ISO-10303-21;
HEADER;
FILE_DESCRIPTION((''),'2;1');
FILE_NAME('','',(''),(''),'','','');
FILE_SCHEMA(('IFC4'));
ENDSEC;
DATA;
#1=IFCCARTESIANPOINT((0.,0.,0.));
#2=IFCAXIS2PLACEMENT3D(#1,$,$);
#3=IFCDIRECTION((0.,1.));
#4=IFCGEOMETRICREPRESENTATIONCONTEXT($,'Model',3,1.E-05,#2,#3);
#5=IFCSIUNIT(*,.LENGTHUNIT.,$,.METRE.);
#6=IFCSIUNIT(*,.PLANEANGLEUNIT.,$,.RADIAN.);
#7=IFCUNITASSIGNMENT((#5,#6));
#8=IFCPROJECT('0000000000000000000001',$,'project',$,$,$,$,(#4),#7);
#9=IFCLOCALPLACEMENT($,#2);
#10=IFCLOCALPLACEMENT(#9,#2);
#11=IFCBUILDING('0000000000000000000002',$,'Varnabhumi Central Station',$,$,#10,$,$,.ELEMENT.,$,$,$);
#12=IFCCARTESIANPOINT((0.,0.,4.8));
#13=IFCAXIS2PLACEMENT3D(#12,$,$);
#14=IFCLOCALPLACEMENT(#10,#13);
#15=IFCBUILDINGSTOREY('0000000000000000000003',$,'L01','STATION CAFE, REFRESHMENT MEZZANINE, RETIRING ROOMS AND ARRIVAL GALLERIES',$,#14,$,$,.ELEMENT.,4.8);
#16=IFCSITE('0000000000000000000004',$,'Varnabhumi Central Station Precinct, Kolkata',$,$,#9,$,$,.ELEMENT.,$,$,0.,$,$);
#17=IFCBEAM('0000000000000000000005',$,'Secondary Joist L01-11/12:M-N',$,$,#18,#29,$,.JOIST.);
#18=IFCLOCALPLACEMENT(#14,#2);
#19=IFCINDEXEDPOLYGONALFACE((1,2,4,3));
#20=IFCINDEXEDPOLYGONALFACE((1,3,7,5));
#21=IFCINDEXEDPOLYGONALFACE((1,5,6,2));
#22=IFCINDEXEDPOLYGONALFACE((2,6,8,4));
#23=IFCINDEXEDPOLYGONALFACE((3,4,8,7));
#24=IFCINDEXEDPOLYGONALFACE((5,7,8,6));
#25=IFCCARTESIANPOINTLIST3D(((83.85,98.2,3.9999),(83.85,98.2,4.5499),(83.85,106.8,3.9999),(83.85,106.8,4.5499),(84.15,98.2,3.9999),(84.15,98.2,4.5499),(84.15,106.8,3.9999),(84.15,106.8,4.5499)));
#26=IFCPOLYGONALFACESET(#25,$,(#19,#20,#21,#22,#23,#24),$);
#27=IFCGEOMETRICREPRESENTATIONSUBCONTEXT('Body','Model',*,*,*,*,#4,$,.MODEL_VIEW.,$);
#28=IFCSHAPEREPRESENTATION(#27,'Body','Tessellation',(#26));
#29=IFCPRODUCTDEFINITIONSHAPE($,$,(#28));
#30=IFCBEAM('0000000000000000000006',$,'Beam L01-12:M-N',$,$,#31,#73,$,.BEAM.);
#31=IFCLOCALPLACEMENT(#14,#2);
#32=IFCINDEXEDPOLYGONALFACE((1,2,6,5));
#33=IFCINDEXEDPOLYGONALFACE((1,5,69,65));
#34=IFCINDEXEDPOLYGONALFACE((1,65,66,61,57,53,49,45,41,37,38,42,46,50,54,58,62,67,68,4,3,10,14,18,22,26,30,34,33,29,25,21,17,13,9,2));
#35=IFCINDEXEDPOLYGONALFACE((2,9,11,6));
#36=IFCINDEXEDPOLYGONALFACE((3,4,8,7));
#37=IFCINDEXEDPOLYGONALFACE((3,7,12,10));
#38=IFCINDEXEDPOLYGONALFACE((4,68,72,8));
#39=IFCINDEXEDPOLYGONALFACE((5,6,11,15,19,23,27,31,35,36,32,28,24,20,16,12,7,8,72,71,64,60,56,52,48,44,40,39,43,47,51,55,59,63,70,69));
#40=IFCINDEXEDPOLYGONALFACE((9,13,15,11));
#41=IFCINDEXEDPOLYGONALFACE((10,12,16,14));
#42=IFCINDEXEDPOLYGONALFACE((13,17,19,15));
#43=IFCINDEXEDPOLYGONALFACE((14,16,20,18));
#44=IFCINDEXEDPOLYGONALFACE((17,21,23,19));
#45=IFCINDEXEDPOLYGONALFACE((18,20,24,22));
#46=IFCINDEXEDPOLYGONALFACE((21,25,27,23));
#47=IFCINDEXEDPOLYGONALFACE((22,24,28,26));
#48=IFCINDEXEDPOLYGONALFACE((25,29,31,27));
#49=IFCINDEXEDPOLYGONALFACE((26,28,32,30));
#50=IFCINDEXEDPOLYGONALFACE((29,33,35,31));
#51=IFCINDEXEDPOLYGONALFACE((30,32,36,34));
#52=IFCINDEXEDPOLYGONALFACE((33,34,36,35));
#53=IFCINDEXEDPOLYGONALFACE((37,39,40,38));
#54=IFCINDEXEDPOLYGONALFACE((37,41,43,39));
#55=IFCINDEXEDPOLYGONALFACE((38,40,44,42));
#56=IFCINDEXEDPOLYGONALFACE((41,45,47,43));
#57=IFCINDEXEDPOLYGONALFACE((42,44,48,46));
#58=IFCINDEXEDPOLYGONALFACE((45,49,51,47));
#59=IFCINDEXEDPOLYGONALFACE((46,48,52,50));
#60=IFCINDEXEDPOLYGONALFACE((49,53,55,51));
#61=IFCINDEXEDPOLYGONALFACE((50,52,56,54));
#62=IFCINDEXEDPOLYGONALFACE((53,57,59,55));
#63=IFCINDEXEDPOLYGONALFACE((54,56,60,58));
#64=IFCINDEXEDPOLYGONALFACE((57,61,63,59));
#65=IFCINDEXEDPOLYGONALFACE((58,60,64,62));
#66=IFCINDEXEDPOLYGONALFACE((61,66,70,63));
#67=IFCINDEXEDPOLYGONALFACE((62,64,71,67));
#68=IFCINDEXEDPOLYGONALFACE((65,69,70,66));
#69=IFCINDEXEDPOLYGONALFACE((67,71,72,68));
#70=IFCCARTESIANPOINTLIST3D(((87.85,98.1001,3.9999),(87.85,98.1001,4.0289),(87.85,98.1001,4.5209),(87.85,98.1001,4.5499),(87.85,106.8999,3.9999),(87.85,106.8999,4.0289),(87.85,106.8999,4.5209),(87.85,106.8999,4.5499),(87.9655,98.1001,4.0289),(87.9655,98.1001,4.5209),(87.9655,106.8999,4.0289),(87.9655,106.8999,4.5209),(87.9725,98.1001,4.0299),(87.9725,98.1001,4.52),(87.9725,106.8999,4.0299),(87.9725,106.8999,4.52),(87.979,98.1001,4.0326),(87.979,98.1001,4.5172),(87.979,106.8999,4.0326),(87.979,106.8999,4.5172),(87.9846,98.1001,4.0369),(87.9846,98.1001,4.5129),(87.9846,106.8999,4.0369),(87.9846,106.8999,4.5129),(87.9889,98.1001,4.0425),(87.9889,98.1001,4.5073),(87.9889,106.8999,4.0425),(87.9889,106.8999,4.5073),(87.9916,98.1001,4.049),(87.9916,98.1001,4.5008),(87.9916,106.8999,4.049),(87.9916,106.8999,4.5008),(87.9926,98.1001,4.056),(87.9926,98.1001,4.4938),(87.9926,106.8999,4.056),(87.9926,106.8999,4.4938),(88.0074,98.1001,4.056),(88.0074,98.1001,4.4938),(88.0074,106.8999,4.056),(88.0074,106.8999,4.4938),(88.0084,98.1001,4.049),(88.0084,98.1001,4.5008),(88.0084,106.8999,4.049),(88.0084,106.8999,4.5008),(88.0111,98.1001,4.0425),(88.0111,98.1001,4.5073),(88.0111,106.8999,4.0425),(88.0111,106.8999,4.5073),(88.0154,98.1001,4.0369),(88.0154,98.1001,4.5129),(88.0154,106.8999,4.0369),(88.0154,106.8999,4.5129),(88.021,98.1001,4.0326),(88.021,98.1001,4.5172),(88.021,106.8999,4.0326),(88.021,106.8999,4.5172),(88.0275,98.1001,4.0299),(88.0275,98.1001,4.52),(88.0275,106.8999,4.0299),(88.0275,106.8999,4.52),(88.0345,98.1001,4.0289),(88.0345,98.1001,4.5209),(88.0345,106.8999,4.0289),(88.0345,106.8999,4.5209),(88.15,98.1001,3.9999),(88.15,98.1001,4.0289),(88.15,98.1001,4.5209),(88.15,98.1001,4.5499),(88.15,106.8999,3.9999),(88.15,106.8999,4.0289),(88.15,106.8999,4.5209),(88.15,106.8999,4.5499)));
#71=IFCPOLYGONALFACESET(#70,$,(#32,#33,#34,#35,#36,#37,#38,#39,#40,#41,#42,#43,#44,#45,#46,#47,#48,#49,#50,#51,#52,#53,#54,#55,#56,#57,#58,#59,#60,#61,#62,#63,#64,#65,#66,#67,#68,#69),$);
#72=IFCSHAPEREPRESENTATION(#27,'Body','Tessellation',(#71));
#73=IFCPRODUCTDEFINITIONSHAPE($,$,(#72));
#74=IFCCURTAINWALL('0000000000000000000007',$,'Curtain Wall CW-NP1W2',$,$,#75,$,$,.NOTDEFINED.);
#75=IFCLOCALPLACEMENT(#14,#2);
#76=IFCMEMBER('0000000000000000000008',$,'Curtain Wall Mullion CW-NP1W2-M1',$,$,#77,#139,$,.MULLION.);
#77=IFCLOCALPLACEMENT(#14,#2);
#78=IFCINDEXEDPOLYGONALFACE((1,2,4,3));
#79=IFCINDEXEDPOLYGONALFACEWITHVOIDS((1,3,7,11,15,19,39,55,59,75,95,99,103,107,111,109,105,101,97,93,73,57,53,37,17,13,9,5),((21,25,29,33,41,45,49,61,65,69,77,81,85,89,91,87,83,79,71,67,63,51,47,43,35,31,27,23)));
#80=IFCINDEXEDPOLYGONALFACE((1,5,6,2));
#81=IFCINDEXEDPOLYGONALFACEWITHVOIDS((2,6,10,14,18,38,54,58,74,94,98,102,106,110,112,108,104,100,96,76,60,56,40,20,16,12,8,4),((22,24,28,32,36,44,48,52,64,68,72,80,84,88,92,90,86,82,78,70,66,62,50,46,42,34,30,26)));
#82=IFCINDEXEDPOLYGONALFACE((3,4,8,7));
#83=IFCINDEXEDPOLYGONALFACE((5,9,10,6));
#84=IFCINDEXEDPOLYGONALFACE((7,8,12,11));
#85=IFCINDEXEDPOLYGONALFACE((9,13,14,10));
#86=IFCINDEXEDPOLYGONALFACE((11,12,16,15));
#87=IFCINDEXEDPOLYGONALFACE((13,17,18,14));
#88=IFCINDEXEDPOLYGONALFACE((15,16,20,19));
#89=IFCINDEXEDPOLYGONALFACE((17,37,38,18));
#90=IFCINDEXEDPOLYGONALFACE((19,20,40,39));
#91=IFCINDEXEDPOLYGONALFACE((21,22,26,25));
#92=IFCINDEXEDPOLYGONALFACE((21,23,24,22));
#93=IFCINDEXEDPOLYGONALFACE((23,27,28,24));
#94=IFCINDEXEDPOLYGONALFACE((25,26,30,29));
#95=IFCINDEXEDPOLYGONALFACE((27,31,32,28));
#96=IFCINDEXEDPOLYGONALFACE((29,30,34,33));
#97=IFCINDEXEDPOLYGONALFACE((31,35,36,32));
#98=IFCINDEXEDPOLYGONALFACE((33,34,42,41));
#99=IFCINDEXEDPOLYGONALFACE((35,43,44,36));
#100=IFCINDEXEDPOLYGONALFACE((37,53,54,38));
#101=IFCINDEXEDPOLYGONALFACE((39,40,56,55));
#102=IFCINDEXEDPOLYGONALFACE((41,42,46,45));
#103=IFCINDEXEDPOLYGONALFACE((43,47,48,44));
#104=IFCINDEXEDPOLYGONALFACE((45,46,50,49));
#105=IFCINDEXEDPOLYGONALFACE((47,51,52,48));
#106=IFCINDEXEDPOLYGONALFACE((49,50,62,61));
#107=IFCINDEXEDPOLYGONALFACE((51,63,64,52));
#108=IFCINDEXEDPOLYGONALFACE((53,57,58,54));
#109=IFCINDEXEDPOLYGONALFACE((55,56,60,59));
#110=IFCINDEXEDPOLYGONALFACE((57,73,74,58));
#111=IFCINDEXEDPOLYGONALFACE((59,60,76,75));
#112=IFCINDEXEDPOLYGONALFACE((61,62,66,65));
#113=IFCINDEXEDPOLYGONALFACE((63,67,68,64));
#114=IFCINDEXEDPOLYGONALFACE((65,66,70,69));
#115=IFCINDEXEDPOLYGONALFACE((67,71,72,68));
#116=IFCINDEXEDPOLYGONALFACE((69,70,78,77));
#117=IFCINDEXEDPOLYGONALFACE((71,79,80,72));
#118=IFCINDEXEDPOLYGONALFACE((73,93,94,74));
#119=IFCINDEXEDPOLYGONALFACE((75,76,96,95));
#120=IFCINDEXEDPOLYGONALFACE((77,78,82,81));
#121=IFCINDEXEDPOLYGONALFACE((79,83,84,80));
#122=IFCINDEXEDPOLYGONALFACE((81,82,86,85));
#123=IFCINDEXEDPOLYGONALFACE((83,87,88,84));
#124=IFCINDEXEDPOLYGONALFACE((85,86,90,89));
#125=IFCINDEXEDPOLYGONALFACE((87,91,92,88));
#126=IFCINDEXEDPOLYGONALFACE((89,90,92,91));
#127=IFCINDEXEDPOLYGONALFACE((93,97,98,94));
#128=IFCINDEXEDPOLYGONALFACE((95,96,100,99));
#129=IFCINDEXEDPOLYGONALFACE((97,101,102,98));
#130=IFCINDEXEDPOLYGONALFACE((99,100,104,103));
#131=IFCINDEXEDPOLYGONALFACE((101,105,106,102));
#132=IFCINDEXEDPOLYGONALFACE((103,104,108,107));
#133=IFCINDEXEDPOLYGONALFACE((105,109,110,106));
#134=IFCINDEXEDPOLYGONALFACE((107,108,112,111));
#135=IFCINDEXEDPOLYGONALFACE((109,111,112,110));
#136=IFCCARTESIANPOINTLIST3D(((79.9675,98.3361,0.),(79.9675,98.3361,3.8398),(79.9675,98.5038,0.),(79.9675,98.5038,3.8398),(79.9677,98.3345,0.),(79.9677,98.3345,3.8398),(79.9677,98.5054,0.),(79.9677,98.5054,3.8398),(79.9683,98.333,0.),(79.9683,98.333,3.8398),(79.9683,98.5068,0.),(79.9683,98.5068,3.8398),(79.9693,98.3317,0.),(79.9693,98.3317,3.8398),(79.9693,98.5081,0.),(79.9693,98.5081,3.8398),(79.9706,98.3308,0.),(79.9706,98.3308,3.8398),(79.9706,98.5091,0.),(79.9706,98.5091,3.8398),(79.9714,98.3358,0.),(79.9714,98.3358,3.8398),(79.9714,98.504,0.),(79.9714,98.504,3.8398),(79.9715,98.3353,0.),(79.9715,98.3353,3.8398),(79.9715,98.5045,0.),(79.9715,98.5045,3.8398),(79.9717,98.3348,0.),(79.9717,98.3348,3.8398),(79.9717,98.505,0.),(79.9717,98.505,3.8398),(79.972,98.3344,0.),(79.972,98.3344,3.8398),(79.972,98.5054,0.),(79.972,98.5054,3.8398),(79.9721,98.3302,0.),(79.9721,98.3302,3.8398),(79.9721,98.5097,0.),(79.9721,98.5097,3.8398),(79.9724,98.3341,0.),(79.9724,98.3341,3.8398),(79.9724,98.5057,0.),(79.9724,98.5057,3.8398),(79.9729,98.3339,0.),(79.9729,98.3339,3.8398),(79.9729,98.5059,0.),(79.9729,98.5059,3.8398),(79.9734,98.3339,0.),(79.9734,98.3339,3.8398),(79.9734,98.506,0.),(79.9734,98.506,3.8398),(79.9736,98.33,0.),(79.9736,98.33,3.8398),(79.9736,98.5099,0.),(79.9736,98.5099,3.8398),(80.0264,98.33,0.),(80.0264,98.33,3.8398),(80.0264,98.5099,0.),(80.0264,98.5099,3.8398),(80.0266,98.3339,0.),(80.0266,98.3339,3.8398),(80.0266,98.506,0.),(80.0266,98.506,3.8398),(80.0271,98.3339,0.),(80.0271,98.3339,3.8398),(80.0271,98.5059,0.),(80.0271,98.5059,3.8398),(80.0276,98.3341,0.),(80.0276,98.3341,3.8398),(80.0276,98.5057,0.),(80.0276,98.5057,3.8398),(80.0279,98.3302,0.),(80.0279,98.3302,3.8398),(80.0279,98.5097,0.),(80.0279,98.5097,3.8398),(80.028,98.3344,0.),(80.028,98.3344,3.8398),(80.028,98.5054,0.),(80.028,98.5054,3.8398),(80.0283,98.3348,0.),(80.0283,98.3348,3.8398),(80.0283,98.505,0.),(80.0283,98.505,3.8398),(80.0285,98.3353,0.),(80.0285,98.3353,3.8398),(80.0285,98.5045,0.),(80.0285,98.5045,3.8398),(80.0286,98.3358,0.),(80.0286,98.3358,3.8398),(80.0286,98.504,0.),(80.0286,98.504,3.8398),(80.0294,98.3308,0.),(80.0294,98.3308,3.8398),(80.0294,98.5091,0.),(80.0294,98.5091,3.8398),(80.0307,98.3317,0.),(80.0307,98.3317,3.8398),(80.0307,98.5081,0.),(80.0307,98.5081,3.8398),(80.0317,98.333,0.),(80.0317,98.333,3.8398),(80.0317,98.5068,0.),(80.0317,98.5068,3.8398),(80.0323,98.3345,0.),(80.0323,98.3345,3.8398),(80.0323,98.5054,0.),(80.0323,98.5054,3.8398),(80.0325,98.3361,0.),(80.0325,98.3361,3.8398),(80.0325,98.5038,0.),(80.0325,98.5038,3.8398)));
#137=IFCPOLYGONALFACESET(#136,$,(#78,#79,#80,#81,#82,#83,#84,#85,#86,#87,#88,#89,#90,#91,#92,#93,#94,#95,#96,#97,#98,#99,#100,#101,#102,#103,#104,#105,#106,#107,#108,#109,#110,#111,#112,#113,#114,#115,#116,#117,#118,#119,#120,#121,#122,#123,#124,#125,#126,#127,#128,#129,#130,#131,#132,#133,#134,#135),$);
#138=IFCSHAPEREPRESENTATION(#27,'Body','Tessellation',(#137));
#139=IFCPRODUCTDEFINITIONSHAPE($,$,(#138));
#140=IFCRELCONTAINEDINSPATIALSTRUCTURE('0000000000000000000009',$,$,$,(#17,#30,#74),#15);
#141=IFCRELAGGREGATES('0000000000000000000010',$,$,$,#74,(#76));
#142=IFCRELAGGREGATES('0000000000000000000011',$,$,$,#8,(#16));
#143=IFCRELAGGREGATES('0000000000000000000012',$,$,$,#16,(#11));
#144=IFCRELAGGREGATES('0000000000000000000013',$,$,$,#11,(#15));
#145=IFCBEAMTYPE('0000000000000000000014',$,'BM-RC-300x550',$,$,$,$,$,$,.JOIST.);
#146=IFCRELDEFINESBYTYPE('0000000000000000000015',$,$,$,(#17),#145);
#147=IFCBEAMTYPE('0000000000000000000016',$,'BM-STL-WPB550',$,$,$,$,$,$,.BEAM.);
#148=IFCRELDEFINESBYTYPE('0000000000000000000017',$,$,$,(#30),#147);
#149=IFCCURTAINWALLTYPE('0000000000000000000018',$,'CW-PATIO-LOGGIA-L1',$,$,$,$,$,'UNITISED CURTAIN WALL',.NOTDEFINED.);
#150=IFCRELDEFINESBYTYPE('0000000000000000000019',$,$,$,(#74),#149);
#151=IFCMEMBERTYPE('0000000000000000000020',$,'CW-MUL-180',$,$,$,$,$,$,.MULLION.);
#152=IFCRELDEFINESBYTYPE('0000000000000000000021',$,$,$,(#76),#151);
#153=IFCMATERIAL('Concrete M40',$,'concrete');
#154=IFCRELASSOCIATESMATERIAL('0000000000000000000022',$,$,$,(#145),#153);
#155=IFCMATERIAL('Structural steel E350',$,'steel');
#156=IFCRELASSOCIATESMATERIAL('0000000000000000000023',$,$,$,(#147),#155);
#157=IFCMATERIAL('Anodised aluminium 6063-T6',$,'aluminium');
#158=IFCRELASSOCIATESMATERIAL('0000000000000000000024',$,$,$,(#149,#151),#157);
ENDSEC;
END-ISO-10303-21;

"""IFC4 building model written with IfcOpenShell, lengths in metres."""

from ifc_helpers import new_model, si_unit, direction, frame, origin, origin_2d, place, context, subcontext, project, spatial, rectangle, hollow_rectangle, i_section, extrude, material, material_profile, profile_set, type_object, element, aggregate, save


model = new_model("IFC4")

# Units and contexts
model_context = context("Model", 3, precision=1e-05, world=origin(), true_north=direction((0.0, 1.0)))
body_context = subcontext(model_context, "Body", "Model", "MODEL_VIEW")
ifc_project = project(units=[si_unit("LENGTHUNIT", "METRE"), si_unit("PLANEANGLEUNIT", "RADIAN")], contexts=[model_context])

# Site, building, storey
site_placement = place(None, origin())
site = spatial("IfcSite", under=ifc_project, at=site_placement, Name="Varnabhumi Central Station Precinct, Kolkata", CompositionType="ELEMENT", RefElevation=0.0)
building_placement = place(site_placement, origin())
building = spatial("IfcBuilding", under=site, at=building_placement, Name="Varnabhumi Central Station", CompositionType="ELEMENT")
storey_placement = place(building_placement, frame((0.0, 0.0, 4.8)))
storey = spatial("IfcBuildingStorey", under=building, at=storey_placement, Name="L01", Description="STATION CAFE, REFRESHMENT MEZZANINE, RETIRING ROOMS AND ARRIVAL GALLERIES", CompositionType="ELEMENT", Elevation=4.8)

# Beams
ifc_material_1 = material(Name="Concrete M40", Category="concrete")
ifc_material_profile_1 = material_profile(ifc_material_1, rectangle(XDim=0.3, YDim=0.55, at=origin_2d()), Name="Concrete M40", Category="concrete")
ifc_profile_set_1 = profile_set([ifc_material_profile_1], Name="Concrete M40")
beam_type_1 = type_object("IfcBeamType", Name="BM-RC-300x550", PredefinedType="JOIST", material=ifc_profile_set_1)
beam_1_placement = place(storey_placement, frame((84.0, 98.2, 4.2749), z_axis=(0.0, 1.0, 0.0), x_axis=(-1.0, 0.0, 0.0)))
element("IfcBeam", 1, at=beam_1_placement, inside=storey, type_object=beam_type_1, Name="Secondary Joist L01-11/12:M-N", PredefinedType="JOIST", context=body_context, shape_type="SweptSolid", body=[
    extrude(rectangle(XDim=0.3, YDim=0.55, at=origin_2d()), origin(), (0.0, 0.0, 1.0), 8.6001),
])
ifc_material_2 = material(Name="Structural steel E350", Category="steel")
ifc_material_profile_2 = material_profile(ifc_material_2, i_section(OverallWidth=0.3, OverallDepth=0.55, WebThickness=0.0149, FlangeThickness=0.0291, FilletRadius=0.0271, at=origin_2d()), Name="Structural steel E350", Category="steel")
ifc_profile_set_2 = profile_set([ifc_material_profile_2], Name="Structural steel E350")
beam_type_2 = type_object("IfcBeamType", Name="BM-STL-WPB550", PredefinedType="BEAM", material=ifc_profile_set_2)
beam_2_placement = place(storey_placement, frame((88.0, 98.1001, 4.2749), z_axis=(0.0, 1.0, 0.0), x_axis=(-1.0, 0.0, 0.0)))
element("IfcBeam", 2, at=beam_2_placement, inside=storey, type_object=beam_type_2, Name="Beam L01-12:M-N", PredefinedType="BEAM", context=body_context, shape_type="SweptSolid", body=[
    extrude(i_section(OverallWidth=0.3, OverallDepth=0.55, WebThickness=0.0149, FlangeThickness=0.0291, FilletRadius=0.0271, at=origin_2d()), origin(), (0.0, 0.0, 1.0), 8.7998),
])

# Curtain wall, member
ifc_material_3 = material(Name="Anodised aluminium 6063-T6", Category="aluminium")
curtain_wall_type = type_object("IfcCurtainWallType", Name="CW-PATIO-LOGGIA-L1", ElementType="UNITISED CURTAIN WALL", PredefinedType="NOTDEFINED", material=ifc_material_3)
curtain_wall_1_placement = place(storey_placement, origin())
curtain_wall_1 = element("IfcCurtainWall", 3, at=curtain_wall_1_placement, inside=storey, type_object=curtain_wall_type, Name="Curtain Wall CW-NP1W2", PredefinedType="NOTDEFINED")
ifc_material_profile_3 = material_profile(ifc_material_3, hollow_rectangle(XDim=0.0649, YDim=0.1799, WallThickness=0.0039, InnerFilletRadius=0.002, OuterFilletRadius=0.0061, at=origin_2d()), Name="Anodised aluminium 6063-T6", Category="aluminium")
ifc_profile_set_3 = profile_set([ifc_material_profile_3], Name="Anodised aluminium 6063-T6")
member_type_1 = type_object("IfcMemberType", Name="CW-MUL-180", PredefinedType="MULLION", material=ifc_profile_set_3)
member_1_placement = place(storey_placement, frame((80.0, 98.4199, 0.0), z_axis=(0.0, 0.0, 1.0), x_axis=(1.0, 0.0, 0.0)))
member_1 = element("IfcMember", 4, at=member_1_placement, type_object=member_type_1, Name="Curtain Wall Mullion CW-NP1W2-M1", PredefinedType="MULLION", context=body_context, shape_type="SweptSolid", body=[
    extrude(hollow_rectangle(XDim=0.0649, YDim=0.1799, WallThickness=0.0039, InnerFilletRadius=0.002, OuterFilletRadius=0.0061, at=origin_2d()), origin(), (0.0, 0.0, 1.0), 3.8398),
])

aggregate(curtain_wall_1, [member_1])

save(model, "model.ifc")
